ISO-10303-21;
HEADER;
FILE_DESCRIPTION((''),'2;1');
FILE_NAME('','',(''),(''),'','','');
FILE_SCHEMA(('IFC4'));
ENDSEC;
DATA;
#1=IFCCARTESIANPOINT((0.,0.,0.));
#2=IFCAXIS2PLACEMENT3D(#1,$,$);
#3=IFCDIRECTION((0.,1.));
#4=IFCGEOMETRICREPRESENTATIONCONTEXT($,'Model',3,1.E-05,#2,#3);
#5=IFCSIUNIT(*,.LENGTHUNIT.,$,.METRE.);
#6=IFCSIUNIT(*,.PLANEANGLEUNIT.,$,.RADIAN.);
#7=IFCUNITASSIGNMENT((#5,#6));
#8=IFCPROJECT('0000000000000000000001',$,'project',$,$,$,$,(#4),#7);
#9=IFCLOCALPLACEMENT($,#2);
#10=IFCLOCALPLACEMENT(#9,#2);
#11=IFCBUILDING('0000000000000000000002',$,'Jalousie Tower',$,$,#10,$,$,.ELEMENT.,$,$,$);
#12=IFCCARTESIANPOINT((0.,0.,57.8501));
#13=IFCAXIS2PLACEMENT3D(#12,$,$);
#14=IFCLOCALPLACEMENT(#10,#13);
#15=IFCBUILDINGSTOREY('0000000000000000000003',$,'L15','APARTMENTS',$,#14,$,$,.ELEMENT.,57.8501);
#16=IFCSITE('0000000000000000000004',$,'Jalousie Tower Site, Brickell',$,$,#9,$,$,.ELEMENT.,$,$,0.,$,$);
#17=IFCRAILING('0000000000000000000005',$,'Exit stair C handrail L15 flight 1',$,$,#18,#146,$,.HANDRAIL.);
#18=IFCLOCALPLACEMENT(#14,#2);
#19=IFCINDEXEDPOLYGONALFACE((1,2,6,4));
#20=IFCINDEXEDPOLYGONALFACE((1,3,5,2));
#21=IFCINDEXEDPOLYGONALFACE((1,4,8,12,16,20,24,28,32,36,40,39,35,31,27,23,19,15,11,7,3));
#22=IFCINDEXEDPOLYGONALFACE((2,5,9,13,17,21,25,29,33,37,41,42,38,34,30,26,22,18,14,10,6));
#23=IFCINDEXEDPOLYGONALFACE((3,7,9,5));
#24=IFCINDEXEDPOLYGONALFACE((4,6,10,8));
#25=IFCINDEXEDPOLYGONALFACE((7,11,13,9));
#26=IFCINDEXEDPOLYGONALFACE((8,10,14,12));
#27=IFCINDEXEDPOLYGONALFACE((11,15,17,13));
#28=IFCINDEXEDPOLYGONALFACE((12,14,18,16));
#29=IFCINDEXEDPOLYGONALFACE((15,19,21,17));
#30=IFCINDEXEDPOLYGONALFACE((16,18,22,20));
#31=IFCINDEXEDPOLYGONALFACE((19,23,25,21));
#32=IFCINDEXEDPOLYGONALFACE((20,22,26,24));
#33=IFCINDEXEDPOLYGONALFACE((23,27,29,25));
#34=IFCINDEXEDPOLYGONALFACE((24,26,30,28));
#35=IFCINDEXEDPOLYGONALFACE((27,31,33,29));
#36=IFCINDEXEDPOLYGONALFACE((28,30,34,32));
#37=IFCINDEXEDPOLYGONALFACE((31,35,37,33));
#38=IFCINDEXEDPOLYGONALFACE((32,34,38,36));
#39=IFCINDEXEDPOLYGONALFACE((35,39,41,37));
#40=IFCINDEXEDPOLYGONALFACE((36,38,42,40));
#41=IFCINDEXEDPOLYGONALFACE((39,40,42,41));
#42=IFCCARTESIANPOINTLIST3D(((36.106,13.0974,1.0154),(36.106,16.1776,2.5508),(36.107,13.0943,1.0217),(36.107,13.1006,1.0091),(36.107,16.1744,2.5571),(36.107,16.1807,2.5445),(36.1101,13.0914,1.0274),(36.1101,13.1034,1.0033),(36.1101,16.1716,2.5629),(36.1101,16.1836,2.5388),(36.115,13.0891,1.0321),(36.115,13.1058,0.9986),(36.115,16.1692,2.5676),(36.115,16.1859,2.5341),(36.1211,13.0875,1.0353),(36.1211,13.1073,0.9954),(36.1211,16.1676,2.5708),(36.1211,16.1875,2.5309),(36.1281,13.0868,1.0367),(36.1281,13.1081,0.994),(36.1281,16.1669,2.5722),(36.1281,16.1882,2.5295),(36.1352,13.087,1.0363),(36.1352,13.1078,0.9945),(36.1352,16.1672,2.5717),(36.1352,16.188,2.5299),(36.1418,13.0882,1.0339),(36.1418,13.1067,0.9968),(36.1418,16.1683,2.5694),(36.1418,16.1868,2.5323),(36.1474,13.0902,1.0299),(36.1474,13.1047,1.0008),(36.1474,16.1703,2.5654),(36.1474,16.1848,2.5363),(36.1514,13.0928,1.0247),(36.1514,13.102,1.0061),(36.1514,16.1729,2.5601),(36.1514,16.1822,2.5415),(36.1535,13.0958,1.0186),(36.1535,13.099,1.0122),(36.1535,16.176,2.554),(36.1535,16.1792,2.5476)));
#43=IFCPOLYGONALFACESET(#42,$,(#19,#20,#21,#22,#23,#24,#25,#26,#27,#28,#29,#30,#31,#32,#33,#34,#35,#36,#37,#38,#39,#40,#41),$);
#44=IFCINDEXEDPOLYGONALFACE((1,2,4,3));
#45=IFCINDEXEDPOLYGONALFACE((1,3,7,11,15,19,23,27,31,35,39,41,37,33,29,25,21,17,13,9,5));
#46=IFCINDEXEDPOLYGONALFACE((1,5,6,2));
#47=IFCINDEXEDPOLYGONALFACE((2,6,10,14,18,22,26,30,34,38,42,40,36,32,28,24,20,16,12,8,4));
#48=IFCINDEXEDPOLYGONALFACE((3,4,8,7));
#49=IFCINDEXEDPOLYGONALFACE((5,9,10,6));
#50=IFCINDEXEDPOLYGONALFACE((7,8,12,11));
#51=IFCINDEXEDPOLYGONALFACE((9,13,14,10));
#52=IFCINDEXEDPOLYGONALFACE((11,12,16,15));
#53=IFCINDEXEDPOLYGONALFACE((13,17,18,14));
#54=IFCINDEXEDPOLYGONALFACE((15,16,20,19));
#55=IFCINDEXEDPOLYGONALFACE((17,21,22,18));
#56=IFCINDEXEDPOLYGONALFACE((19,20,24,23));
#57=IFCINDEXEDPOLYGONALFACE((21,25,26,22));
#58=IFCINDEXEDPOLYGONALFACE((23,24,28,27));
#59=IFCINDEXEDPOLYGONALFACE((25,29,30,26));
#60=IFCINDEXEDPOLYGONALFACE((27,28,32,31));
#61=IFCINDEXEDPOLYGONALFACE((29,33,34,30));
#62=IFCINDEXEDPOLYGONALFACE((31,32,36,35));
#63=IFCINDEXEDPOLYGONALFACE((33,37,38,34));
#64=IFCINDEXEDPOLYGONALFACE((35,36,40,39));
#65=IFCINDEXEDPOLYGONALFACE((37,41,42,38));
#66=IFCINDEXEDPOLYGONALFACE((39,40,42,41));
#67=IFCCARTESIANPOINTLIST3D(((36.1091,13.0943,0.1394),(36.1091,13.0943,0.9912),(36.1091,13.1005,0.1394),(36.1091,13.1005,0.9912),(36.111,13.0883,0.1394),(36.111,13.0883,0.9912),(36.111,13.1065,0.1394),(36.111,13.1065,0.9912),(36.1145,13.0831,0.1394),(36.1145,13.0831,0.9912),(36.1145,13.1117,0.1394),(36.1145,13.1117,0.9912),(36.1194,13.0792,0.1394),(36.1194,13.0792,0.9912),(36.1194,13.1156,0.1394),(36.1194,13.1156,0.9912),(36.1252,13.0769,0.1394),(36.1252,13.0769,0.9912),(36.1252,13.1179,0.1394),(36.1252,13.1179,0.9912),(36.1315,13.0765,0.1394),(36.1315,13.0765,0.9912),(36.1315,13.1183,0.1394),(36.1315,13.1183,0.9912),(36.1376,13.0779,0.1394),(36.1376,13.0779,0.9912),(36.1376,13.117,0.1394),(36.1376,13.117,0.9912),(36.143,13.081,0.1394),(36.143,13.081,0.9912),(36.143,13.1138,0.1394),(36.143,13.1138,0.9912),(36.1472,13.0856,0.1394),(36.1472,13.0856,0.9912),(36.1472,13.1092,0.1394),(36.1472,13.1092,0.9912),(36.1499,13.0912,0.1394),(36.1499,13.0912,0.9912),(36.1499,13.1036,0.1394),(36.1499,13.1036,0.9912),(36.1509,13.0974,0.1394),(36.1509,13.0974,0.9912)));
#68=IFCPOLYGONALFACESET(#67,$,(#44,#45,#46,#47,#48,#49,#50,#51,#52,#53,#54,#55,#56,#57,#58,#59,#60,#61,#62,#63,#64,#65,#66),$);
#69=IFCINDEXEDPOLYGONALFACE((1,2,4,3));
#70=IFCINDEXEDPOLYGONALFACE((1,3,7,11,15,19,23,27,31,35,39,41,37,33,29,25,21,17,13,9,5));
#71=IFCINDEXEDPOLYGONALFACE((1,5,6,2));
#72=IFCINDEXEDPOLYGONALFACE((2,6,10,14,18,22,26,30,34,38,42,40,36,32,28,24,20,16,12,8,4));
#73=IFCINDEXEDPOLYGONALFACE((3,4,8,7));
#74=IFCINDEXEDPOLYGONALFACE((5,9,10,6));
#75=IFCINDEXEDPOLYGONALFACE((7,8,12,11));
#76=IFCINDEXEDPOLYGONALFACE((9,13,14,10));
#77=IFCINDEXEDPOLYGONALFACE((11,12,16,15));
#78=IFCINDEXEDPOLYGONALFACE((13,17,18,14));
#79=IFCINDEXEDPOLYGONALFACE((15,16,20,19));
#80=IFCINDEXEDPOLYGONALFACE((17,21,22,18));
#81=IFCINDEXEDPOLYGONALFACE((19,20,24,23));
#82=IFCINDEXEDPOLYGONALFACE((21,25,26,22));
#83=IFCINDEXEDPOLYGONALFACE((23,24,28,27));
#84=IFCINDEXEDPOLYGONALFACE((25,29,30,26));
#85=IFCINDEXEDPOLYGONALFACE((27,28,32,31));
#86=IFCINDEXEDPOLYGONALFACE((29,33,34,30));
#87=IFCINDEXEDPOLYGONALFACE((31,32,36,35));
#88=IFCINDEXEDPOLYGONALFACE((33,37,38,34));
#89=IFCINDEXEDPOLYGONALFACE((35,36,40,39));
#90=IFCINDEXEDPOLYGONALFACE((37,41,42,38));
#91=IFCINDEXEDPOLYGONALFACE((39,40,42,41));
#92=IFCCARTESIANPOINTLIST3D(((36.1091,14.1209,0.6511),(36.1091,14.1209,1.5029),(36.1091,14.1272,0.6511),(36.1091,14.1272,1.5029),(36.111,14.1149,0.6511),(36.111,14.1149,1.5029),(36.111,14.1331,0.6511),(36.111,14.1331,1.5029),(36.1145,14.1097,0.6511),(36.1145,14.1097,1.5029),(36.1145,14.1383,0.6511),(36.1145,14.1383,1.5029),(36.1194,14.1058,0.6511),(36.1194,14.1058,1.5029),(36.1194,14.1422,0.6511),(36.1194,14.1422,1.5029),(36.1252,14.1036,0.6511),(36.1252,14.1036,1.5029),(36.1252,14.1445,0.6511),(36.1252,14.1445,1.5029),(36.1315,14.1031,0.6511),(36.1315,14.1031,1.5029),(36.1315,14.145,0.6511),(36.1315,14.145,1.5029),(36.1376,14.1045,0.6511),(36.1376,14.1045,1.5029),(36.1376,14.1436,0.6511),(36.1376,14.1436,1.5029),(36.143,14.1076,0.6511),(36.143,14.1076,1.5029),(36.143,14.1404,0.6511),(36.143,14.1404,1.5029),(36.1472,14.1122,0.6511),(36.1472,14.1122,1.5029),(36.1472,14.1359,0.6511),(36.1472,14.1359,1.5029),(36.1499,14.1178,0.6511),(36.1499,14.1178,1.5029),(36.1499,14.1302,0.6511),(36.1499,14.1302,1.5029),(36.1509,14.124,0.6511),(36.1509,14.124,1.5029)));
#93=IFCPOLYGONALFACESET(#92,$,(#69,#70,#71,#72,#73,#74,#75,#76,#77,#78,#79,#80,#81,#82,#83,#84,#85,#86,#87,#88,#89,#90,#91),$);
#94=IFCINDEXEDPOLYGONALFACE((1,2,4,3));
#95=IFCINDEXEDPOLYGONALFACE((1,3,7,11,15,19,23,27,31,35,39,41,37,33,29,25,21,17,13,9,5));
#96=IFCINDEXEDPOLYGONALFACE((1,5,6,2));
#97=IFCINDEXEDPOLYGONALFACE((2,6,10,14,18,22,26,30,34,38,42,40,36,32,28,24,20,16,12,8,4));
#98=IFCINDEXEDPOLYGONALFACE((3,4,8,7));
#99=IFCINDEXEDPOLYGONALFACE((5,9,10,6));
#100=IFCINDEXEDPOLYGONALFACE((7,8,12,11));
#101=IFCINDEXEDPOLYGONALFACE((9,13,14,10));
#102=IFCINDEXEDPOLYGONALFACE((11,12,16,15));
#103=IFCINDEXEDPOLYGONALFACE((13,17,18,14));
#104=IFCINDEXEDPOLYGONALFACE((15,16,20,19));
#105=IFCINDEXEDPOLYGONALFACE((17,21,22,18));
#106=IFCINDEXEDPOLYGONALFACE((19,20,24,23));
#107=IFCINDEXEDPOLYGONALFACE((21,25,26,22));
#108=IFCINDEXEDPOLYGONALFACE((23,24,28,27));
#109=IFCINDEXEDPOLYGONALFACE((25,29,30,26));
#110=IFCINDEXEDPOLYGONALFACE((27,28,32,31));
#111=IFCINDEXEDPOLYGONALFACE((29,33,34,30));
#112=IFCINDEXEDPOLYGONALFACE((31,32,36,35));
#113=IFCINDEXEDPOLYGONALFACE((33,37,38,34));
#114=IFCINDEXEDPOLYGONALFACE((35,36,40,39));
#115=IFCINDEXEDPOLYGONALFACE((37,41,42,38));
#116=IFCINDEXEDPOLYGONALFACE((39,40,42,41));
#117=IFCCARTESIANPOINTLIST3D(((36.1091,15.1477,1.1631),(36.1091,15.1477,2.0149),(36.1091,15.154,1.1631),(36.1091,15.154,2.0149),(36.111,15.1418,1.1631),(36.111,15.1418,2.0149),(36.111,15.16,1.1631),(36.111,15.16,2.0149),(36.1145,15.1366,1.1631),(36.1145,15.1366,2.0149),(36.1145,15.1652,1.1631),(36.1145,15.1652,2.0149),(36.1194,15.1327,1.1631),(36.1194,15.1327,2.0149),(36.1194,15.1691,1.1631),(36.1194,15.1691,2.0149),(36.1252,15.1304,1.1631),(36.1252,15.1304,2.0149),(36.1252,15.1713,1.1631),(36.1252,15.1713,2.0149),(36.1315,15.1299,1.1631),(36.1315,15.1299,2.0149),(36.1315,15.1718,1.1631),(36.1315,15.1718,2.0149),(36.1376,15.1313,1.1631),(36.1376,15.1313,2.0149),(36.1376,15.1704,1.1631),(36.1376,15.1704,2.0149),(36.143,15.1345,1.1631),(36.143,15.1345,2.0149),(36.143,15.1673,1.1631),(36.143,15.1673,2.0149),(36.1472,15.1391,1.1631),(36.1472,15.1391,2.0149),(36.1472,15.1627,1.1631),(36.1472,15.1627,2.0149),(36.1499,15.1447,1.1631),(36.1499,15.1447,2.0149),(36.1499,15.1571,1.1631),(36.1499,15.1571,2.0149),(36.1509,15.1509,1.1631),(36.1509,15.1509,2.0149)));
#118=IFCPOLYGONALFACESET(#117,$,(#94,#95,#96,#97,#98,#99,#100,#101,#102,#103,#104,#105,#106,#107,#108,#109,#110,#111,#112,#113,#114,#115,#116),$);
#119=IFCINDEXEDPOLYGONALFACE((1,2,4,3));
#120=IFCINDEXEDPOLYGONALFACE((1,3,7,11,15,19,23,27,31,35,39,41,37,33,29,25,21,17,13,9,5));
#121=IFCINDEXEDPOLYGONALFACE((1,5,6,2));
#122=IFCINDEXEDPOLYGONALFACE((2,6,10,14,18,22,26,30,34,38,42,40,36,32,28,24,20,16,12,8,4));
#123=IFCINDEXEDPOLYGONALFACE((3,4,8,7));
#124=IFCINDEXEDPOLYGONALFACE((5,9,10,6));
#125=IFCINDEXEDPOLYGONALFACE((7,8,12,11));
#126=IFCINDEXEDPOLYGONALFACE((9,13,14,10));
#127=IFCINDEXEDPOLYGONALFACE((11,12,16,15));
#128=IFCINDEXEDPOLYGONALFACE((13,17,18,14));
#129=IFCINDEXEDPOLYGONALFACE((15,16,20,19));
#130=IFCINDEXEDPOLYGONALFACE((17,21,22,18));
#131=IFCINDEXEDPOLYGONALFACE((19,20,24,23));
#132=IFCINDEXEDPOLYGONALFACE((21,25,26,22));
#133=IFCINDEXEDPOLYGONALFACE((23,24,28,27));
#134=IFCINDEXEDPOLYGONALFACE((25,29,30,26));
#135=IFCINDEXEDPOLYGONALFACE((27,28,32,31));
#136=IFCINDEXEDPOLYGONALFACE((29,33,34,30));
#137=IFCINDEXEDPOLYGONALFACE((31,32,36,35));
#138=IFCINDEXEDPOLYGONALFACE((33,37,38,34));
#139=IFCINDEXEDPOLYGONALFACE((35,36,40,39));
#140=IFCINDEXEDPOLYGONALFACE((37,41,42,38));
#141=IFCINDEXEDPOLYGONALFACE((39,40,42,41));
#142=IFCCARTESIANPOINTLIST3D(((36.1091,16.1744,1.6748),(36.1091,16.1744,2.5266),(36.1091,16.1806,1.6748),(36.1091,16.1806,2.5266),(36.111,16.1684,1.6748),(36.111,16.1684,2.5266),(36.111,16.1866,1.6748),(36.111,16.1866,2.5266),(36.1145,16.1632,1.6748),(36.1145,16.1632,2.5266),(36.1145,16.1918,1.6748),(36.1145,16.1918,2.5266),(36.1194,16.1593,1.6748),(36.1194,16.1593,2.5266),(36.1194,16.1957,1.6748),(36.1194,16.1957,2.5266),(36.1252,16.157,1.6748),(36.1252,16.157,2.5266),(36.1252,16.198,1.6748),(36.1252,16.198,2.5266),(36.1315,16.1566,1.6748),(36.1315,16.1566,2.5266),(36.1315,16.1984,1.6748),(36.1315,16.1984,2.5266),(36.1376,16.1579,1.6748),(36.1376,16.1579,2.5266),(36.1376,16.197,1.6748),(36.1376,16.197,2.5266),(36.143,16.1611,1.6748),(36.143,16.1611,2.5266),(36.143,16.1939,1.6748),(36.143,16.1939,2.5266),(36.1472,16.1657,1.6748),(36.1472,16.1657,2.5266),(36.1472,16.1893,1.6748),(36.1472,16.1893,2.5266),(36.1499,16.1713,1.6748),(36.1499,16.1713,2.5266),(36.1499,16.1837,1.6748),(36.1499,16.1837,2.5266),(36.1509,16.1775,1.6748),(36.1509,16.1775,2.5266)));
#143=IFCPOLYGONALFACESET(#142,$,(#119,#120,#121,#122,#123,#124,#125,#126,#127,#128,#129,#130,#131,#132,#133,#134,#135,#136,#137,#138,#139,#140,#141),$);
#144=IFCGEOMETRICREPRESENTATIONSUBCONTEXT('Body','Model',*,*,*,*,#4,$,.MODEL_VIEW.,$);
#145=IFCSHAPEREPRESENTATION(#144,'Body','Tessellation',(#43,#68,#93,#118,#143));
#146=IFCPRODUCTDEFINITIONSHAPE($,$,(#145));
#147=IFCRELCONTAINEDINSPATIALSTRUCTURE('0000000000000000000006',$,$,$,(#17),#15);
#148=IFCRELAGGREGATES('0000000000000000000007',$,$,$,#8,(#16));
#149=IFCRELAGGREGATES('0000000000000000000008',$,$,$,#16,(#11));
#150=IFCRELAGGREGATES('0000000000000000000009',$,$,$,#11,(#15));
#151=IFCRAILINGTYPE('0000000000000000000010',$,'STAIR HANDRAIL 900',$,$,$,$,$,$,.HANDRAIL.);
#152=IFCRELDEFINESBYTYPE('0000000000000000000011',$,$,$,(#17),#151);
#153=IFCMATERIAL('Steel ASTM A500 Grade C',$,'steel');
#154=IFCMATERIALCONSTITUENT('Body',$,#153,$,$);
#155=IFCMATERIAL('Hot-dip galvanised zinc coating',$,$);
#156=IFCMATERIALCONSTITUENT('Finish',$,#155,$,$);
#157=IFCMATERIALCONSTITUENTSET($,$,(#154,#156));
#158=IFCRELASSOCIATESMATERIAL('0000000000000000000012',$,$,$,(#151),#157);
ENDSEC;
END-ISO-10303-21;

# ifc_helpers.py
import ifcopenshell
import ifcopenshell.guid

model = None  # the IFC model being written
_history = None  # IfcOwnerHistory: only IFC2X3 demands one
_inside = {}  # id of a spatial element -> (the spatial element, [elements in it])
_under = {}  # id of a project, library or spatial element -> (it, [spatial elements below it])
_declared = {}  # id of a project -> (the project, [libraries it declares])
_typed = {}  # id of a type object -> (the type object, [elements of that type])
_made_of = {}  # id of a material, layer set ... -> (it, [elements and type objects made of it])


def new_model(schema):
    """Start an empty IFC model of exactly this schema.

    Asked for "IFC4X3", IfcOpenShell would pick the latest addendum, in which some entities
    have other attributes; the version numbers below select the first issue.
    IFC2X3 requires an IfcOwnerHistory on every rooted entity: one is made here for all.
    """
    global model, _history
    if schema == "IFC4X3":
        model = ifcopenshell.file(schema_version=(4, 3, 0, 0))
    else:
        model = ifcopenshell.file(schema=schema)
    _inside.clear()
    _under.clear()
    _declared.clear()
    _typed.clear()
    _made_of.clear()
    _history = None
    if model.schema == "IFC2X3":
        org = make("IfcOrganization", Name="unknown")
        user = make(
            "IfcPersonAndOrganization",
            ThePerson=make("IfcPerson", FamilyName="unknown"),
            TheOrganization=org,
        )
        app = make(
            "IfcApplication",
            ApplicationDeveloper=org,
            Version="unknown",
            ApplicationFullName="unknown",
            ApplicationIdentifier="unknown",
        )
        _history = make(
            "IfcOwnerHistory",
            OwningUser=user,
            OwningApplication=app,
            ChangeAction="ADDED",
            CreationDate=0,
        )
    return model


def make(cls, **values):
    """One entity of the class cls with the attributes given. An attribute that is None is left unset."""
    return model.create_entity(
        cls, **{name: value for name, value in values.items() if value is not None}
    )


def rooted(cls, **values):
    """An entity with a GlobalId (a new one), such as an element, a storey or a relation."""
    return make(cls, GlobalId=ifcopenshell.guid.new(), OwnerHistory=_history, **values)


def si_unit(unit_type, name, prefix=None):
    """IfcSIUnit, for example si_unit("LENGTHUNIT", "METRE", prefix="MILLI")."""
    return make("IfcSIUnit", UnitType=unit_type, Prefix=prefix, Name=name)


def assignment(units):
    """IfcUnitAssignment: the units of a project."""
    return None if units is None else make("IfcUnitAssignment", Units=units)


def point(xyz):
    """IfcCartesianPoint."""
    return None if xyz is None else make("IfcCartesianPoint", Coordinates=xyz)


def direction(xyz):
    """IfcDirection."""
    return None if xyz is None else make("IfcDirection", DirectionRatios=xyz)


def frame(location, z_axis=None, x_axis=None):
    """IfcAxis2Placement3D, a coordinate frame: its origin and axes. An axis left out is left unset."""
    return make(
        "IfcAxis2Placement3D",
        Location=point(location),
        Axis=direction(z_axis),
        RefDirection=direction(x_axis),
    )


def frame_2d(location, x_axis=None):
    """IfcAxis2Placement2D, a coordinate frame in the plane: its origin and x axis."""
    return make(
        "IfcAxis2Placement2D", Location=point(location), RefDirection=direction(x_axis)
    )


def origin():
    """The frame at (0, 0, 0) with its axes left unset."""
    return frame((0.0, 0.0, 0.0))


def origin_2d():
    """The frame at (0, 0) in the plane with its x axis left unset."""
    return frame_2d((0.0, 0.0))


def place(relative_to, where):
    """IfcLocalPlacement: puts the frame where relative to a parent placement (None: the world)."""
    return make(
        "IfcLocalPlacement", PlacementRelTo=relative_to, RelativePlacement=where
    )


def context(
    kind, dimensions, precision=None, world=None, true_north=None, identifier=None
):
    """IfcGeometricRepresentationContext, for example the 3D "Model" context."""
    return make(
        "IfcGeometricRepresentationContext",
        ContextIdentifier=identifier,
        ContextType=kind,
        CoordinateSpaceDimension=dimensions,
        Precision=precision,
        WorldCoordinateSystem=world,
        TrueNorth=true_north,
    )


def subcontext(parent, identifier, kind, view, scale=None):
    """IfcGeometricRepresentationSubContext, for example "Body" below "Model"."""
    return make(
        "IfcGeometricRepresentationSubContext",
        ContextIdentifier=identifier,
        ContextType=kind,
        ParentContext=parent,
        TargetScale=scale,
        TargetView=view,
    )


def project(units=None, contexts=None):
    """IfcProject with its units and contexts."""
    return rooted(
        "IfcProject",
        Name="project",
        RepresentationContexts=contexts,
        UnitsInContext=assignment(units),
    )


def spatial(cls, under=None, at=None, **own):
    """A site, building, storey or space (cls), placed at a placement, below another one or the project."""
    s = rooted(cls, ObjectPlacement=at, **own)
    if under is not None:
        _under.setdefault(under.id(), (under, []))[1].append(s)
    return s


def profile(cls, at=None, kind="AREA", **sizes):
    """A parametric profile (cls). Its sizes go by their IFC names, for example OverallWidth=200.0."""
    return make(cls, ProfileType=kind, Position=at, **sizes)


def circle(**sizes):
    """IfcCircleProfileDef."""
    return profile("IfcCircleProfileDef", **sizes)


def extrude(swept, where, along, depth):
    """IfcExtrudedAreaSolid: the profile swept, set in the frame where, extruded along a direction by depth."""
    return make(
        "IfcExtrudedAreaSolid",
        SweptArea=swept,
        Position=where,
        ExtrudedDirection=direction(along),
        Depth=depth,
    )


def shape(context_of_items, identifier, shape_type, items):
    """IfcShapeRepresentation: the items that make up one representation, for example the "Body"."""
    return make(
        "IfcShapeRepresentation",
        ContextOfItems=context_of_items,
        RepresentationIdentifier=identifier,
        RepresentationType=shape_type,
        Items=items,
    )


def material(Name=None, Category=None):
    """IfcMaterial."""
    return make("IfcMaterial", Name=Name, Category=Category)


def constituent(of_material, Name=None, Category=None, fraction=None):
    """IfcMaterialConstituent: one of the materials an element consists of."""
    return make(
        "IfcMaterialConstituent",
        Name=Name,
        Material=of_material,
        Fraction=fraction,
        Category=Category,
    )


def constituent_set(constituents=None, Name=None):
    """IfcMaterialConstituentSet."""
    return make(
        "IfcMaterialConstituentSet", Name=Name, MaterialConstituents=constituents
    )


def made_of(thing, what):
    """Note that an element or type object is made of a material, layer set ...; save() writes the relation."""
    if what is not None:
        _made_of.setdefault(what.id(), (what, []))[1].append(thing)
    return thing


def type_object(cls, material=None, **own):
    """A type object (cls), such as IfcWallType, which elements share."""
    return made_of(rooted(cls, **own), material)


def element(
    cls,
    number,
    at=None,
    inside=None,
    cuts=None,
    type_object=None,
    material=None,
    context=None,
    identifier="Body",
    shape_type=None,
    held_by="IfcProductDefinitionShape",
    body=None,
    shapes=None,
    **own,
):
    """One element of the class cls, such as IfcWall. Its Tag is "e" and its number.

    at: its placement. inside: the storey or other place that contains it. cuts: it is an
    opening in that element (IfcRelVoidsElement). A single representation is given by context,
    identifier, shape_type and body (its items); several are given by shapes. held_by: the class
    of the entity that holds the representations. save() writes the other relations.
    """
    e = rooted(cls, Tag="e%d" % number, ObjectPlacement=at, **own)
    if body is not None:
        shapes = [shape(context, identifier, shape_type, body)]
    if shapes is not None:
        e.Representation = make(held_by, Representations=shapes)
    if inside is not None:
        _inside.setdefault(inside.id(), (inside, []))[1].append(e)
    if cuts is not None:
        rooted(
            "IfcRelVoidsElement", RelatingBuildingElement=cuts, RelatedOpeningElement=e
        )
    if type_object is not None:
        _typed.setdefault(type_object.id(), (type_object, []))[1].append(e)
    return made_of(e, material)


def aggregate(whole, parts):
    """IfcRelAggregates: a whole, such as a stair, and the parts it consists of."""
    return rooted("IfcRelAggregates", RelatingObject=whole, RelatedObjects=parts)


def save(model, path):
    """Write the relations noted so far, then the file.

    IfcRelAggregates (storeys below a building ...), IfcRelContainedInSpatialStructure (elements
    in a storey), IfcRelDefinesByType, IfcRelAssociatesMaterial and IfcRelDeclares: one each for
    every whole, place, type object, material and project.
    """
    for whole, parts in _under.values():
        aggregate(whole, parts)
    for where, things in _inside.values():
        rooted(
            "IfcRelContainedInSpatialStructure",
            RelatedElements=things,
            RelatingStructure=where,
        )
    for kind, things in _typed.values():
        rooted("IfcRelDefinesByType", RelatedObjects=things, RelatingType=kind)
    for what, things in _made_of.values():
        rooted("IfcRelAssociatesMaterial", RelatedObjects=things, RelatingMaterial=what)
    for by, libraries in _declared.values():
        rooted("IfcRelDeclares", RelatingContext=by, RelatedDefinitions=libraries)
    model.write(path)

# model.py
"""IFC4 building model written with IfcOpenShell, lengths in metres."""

from ifc_helpers import new_model, si_unit, direction, frame, origin, origin_2d, place, context, subcontext, project, spatial, circle, extrude, material, constituent, constituent_set, type_object, element, save


model = new_model("IFC4")

# Units and contexts
model_context = context("Model", 3, precision=1e-05, world=origin(), true_north=direction((0.0, 1.0)))
body_context = subcontext(model_context, "Body", "Model", "MODEL_VIEW")
ifc_project = project(units=[si_unit("LENGTHUNIT", "METRE"), si_unit("PLANEANGLEUNIT", "RADIAN")], contexts=[model_context])

# Site, building, storey
site_placement = place(None, origin())
site = spatial("IfcSite", under=ifc_project, at=site_placement, Name="Jalousie Tower Site, Brickell", CompositionType="ELEMENT", RefElevation=0.0)
building_placement = place(site_placement, origin())
building = spatial("IfcBuilding", under=site, at=building_placement, Name="Jalousie Tower", CompositionType="ELEMENT")
storey_placement = place(building_placement, frame((0.0, 0.0, 57.8501)))
storey = spatial("IfcBuildingStorey", under=building, at=storey_placement, Name="L15", Description="APARTMENTS", CompositionType="ELEMENT", Elevation=57.8501)

# Railing
ifc_material_1 = material(Name="Steel ASTM A500 Grade C", Category="steel")
ifc_constituent_1 = constituent(ifc_material_1, Name="Body")
ifc_material_2 = material(Name="Hot-dip galvanised zinc coating")
ifc_constituent_2 = constituent(ifc_material_2, Name="Finish")
ifc_constituent_set_1 = constituent_set(constituents=[ifc_constituent_1, ifc_constituent_2])
railing_type_1 = type_object("IfcRailingType", Name="STAIR HANDRAIL 900", PredefinedType="HANDRAIL", material=ifc_constituent_set_1)
railing_1_placement = place(storey_placement, frame((36.1299, 13.0974, 0.1394)))
element("IfcRailing", 1, at=railing_1_placement, inside=storey, type_object=railing_type_1, Name="Exit stair C handrail L15 flight 1", PredefinedType="HANDRAIL", context=body_context, shape_type="SweptSolid", body=[
    extrude(circle(Radius=0.0239, at=origin_2d()), frame((0.0, 0.0, 0.876), z_axis=(0.0, 0.894966, 0.446135), x_axis=(-1.0, 0.0, 0.0)), (0.0, 0.0, 1.0), 3.4417),
    extrude(circle(Radius=0.021, at=origin_2d()), origin(), (0.0, 0.0, 1.0), 0.8518),
    extrude(circle(Radius=0.021, at=origin_2d()), frame((0.0, 1.0266, 0.5117)), (0.0, 0.0, 1.0), 0.8518),
    extrude(circle(Radius=0.021, at=origin_2d()), frame((0.0, 2.0535, 1.0237)), (0.0, 0.0, 1.0), 0.8518),
    extrude(circle(Radius=0.021, at=origin_2d()), frame((0.0, 3.0801, 1.5354)), (0.0, 0.0, 1.0), 0.8518),
])

save(model, "model.ifc")
